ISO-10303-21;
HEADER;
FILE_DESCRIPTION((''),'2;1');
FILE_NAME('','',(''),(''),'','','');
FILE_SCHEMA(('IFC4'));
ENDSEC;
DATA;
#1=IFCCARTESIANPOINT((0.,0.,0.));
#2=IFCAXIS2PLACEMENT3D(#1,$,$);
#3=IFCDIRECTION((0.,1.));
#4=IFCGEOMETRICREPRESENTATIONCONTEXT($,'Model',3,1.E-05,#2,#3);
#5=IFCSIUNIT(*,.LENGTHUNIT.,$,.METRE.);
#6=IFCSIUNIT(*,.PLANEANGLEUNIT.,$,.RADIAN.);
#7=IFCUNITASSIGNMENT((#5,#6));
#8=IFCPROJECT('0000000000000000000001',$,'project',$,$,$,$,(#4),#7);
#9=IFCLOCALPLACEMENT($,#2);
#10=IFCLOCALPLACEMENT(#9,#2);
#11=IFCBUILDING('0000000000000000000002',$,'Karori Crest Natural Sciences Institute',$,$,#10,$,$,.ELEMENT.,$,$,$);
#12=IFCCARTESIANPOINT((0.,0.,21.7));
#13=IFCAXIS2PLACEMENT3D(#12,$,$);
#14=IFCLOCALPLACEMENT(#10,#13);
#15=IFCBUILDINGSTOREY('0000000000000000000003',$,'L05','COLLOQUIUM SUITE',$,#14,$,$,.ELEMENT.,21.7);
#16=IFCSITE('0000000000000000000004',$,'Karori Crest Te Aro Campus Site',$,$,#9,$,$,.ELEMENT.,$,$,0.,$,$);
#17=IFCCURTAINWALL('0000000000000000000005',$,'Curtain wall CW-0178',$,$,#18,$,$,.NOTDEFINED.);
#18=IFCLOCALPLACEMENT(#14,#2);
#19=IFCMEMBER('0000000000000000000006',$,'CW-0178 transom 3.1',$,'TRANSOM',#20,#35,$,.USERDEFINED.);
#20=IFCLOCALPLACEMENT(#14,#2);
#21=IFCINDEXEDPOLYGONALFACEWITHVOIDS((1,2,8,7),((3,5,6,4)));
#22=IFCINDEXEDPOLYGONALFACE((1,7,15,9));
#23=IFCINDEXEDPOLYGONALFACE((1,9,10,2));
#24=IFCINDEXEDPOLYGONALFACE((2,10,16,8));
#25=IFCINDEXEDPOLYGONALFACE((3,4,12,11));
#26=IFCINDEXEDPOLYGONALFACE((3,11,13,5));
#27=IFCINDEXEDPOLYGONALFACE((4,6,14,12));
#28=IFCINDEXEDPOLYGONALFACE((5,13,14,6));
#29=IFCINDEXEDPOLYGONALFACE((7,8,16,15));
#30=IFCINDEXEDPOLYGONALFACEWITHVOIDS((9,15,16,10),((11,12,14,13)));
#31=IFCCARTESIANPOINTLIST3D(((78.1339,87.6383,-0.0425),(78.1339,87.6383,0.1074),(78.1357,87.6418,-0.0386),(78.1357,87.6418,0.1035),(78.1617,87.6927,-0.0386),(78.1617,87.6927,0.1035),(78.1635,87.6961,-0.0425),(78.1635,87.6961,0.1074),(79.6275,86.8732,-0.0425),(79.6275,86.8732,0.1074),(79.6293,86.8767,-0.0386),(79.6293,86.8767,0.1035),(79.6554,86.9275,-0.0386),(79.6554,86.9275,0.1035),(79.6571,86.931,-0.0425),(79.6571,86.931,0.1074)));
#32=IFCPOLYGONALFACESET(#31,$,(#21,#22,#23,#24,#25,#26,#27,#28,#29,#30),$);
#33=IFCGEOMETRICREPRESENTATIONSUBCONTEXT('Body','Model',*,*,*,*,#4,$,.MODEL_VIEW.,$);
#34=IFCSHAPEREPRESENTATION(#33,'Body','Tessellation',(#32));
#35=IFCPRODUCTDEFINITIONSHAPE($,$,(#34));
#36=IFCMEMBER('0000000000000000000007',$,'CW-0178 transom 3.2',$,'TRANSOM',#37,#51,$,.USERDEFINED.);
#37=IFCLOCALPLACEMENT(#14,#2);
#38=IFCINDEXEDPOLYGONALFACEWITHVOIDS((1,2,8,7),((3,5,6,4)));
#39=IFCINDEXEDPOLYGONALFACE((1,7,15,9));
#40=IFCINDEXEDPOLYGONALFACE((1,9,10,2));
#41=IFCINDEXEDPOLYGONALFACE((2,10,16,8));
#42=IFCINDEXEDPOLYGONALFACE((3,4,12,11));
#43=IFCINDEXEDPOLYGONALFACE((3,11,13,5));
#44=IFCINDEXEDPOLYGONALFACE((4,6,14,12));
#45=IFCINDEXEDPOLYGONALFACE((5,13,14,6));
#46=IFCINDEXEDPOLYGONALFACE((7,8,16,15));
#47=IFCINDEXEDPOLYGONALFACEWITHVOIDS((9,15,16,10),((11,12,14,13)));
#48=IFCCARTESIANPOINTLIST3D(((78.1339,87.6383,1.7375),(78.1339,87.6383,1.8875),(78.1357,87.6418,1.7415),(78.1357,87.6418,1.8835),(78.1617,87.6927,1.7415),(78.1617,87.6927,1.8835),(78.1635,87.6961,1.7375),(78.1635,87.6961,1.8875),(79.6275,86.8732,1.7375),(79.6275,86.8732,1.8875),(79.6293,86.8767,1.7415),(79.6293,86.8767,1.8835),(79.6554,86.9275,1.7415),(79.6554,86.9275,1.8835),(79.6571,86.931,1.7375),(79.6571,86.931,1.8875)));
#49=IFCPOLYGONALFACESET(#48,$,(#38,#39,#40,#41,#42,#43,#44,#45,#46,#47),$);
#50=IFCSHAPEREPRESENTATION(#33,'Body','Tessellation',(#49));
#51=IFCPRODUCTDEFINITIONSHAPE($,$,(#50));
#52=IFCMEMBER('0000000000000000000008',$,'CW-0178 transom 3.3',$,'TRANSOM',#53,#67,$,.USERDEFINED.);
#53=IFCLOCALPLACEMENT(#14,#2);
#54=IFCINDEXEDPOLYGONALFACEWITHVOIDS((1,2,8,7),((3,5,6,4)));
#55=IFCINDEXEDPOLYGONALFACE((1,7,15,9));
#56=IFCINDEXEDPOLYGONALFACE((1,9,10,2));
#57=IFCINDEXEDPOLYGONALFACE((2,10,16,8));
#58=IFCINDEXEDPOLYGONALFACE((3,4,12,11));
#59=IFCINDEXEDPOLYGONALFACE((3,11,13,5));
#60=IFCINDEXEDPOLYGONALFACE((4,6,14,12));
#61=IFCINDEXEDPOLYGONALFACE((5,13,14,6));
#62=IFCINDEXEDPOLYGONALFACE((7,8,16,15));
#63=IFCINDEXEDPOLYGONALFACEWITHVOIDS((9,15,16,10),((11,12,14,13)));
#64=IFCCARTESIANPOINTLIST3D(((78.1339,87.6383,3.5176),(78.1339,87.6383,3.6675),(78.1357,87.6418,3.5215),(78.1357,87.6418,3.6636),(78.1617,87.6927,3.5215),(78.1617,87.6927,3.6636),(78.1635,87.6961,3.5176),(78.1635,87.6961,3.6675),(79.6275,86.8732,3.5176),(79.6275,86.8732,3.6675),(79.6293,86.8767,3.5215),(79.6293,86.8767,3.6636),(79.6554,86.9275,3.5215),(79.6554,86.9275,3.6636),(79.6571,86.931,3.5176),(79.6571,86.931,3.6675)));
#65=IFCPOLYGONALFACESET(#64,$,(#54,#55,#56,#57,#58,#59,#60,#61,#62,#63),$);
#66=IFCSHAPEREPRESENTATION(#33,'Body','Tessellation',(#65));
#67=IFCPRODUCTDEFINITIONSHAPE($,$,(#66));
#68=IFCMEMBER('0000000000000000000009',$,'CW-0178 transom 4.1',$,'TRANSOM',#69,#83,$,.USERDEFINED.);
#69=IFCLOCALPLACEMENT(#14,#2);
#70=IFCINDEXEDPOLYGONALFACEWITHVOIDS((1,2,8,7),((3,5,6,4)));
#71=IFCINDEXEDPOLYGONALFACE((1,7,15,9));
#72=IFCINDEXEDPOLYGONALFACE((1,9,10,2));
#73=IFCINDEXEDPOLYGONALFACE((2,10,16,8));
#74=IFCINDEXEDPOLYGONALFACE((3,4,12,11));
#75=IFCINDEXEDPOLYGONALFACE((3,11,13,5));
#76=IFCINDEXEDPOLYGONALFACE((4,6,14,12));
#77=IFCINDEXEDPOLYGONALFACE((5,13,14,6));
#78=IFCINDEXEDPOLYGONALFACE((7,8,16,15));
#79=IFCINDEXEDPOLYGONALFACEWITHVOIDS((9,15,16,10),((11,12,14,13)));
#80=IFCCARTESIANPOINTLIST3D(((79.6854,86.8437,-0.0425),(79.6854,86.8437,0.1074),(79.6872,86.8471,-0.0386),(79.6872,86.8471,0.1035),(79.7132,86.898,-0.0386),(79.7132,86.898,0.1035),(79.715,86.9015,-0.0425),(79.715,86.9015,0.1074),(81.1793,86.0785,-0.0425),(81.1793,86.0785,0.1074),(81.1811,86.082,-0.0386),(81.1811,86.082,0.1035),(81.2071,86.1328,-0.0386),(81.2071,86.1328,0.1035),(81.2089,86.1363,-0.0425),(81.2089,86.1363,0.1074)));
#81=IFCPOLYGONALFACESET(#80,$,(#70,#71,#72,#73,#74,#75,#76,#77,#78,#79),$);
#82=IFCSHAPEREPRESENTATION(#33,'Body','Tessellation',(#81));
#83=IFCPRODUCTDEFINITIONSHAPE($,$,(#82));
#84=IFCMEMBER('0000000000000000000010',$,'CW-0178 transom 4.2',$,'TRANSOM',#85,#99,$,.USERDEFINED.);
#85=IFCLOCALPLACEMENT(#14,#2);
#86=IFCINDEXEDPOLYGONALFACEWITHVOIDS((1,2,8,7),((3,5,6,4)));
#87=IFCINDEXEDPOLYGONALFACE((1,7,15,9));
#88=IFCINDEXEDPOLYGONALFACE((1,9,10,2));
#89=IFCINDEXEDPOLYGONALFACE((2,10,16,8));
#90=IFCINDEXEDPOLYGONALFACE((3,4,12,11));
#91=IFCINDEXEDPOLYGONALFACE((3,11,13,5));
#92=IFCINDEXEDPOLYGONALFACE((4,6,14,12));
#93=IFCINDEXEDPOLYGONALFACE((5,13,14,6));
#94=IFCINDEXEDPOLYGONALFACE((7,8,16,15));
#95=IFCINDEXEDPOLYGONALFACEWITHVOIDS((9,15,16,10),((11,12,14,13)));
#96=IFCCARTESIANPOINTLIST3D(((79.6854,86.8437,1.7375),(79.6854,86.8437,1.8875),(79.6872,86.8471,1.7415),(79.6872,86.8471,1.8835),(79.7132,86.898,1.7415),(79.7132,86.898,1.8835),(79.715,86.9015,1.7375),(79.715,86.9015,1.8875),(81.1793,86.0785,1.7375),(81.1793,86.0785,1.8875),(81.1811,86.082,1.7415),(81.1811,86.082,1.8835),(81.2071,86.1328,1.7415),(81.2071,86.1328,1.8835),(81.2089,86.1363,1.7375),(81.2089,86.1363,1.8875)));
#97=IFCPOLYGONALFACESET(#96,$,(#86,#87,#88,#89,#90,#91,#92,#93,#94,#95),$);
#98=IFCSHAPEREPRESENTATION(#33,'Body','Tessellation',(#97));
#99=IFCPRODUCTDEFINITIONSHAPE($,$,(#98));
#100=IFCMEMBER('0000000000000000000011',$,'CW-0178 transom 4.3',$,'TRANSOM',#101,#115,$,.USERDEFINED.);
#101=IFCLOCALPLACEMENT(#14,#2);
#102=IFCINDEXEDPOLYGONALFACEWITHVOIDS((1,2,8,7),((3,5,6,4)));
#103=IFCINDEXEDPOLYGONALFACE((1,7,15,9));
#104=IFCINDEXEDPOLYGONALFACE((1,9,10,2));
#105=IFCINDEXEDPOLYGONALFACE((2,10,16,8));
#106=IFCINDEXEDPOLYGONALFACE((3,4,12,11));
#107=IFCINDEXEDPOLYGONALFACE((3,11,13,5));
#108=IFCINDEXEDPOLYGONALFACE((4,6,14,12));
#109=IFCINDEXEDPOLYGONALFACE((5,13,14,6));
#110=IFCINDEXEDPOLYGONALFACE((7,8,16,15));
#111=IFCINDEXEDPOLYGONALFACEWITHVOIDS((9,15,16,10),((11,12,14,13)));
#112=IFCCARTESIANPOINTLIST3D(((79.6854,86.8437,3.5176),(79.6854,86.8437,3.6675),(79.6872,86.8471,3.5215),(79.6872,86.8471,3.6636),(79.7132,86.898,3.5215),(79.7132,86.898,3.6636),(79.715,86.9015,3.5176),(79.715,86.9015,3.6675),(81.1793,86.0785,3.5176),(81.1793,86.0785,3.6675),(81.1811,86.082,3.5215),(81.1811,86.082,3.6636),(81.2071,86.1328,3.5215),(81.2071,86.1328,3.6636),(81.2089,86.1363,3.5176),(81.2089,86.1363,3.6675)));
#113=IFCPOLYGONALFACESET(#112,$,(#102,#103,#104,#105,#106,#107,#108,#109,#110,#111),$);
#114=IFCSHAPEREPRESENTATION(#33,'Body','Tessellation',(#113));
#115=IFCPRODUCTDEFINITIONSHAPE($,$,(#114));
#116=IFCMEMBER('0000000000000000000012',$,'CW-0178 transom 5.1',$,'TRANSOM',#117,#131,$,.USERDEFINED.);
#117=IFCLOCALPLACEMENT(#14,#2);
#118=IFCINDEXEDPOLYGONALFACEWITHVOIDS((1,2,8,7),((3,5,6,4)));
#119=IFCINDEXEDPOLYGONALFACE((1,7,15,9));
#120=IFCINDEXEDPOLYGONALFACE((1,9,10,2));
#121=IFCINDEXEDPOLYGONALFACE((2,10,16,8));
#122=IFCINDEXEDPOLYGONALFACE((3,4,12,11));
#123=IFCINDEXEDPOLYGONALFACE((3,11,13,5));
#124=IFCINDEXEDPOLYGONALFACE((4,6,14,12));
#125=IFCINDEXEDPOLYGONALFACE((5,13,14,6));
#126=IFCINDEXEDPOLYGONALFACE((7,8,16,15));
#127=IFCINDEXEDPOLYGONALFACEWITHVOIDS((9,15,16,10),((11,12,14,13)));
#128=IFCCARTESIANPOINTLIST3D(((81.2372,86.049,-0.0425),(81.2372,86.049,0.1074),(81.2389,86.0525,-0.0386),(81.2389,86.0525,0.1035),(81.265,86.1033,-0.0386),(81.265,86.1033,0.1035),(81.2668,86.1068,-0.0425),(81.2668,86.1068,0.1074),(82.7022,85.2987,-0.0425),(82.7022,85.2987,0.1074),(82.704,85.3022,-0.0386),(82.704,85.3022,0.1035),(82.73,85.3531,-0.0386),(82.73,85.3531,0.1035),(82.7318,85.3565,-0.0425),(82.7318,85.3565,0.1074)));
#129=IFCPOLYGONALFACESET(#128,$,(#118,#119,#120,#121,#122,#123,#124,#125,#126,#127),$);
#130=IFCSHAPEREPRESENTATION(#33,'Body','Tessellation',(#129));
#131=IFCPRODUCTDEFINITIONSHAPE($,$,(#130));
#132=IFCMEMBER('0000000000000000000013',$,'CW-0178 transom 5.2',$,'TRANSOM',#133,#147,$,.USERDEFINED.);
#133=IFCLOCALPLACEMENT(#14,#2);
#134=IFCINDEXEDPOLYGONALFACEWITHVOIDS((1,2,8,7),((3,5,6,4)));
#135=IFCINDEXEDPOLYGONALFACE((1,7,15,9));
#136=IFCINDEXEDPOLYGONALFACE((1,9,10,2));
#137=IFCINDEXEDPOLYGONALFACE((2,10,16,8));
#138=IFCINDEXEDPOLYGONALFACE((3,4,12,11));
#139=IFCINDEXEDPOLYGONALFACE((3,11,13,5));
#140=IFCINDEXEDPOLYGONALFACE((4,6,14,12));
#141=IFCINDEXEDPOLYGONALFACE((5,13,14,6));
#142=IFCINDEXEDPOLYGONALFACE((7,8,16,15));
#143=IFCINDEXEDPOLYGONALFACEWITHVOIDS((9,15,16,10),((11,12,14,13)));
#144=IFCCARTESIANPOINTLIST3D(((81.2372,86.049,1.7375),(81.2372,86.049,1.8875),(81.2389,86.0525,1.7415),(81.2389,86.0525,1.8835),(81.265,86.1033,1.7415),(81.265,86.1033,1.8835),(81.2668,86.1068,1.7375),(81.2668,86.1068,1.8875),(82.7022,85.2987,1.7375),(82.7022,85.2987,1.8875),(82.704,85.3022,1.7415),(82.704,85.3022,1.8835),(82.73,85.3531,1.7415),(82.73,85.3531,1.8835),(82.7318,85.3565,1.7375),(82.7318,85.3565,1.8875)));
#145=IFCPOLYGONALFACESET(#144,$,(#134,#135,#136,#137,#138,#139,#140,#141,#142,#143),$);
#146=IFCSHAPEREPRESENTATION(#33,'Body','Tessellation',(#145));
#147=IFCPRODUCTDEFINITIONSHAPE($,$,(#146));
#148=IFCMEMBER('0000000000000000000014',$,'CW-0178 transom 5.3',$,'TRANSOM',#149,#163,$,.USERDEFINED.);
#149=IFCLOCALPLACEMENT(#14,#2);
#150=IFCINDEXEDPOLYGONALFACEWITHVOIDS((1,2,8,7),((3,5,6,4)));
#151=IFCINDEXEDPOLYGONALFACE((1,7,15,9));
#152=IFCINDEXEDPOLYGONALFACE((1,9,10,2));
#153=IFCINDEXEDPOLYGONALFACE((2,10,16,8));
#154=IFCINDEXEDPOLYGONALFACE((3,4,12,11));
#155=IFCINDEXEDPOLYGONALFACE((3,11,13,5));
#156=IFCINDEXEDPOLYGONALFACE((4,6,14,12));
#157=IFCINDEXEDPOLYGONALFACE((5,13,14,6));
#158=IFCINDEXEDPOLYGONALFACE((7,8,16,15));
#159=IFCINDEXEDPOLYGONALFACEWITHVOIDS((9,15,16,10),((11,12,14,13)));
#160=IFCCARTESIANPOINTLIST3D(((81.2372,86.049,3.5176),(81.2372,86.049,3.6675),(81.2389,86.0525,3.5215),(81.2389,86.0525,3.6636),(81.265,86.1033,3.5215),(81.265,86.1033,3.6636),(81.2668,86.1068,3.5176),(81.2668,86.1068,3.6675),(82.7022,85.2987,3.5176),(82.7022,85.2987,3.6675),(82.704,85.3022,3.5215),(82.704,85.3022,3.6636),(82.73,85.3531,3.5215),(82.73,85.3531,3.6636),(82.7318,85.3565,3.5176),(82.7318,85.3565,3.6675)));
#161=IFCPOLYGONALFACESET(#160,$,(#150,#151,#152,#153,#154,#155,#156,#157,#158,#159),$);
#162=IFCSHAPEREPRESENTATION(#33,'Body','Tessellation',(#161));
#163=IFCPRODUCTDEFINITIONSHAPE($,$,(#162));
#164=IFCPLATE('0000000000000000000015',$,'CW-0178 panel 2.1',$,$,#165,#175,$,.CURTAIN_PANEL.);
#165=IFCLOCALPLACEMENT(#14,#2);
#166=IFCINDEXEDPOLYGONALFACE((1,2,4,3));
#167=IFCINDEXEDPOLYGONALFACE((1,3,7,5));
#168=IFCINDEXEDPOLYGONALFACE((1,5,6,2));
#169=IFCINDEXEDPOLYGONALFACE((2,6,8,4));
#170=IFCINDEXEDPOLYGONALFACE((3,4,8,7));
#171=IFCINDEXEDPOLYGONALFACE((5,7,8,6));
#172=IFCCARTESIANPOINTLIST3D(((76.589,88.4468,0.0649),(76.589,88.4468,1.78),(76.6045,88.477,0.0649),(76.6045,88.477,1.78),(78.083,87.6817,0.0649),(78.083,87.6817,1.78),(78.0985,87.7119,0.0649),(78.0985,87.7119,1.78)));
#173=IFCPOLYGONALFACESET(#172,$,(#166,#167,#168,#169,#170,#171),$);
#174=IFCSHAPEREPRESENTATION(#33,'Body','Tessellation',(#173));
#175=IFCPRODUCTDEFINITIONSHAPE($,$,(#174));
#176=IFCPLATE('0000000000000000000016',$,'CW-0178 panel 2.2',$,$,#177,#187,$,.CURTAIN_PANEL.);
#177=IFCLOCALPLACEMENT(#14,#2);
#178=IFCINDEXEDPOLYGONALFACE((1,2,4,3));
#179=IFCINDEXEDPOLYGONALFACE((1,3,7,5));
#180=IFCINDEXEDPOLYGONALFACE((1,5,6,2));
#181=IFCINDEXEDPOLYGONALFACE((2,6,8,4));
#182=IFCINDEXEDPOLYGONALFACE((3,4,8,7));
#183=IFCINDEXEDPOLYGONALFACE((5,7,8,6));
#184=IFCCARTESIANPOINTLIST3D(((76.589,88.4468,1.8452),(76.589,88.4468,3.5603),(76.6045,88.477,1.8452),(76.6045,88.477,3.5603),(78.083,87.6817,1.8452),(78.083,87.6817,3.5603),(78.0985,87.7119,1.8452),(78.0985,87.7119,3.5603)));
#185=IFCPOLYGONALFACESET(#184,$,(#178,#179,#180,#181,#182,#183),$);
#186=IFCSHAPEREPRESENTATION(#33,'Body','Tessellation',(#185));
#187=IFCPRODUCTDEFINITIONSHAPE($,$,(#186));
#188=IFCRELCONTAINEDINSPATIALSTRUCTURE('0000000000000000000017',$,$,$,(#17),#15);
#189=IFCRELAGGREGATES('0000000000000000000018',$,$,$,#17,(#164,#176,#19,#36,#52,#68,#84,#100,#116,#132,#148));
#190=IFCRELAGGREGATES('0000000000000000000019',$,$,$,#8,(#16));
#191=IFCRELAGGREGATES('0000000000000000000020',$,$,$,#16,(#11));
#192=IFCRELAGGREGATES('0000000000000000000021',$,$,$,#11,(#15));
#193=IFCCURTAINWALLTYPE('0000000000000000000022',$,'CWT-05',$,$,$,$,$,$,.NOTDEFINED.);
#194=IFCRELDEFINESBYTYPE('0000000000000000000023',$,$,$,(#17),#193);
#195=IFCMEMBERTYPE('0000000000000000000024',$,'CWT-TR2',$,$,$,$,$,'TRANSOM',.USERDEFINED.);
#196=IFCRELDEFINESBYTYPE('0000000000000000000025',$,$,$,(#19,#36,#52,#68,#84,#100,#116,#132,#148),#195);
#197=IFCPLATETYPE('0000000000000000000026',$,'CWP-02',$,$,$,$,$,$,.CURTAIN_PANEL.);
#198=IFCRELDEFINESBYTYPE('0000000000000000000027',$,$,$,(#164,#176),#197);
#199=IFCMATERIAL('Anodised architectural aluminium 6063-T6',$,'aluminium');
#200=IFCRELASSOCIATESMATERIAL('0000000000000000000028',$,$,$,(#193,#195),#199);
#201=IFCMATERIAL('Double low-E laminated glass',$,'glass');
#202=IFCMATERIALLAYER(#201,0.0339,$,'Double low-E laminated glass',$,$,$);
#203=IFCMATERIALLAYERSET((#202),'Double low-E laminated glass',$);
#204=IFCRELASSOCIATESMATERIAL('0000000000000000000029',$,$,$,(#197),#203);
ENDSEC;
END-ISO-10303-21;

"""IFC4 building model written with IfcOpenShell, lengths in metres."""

from ifc_helpers import new_model, si_unit, direction, frame, origin, origin_2d, place, context, subcontext, project, spatial, rectangle, hollow_rectangle, extrude, material, layer, layer_set, material_profile, profile_set, type_object, element, aggregate, save


model = new_model("IFC4")

# Units and contexts
model_context = context("Model", 3, precision=1e-05, world=origin(), true_north=direction((0.0, 1.0)))
body_context = subcontext(model_context, "Body", "Model", "MODEL_VIEW")
ifc_project = project(units=[si_unit("LENGTHUNIT", "METRE"), si_unit("PLANEANGLEUNIT", "RADIAN")], contexts=[model_context])

# Site, building, storey
site_placement = place(None, origin())
site = spatial("IfcSite", under=ifc_project, at=site_placement, Name="Karori Crest Te Aro Campus Site", CompositionType="ELEMENT", RefElevation=0.0)
building_placement = place(site_placement, origin())
building = spatial("IfcBuilding", under=site, at=building_placement, Name="Karori Crest Natural Sciences Institute", CompositionType="ELEMENT")
storey_placement = place(building_placement, frame((0.0, 0.0, 21.7)))
storey = spatial("IfcBuildingStorey", under=building, at=storey_placement, Name="L05", Description="COLLOQUIUM SUITE", CompositionType="ELEMENT", Elevation=21.7)

# Curtain wall, members, plates
ifc_material_1 = material(Name="Anodised architectural aluminium 6063-T6", Category="aluminium")
curtain_wall_type = type_object("IfcCurtainWallType", Name="CWT-05", PredefinedType="NOTDEFINED", material=ifc_material_1)
curtain_wall_placement = place(storey_placement, origin())
curtain_wall = element("IfcCurtainWall", 1, at=curtain_wall_placement, inside=storey, type_object=curtain_wall_type, Name="Curtain wall CW-0178", PredefinedType="NOTDEFINED")
ifc_material_profile_1 = material_profile(ifc_material_1, hollow_rectangle(XDim=0.0649, YDim=0.1499, WallThickness=0.0039, at=origin_2d()), Name="CWT150x65x4")
ifc_profile_set_1 = profile_set([ifc_material_profile_1], Name="Anodised architectural aluminium 6063-T6")
member_type_1 = type_object("IfcMemberType", Name="CWT-TR2", ElementType="TRANSOM", PredefinedType="USERDEFINED", material=ifc_profile_set_1)
member_1_placement = place(storey_placement, frame((78.1487, 87.6672, 0.0325), z_axis=(0.89002, -0.455921, 0.0), x_axis=(0.455921, 0.89002, 0.0)))
member_1 = element("IfcMember", 2, at=member_1_placement, type_object=member_type_1, Name="CW-0178 transom 3.1", ObjectType="TRANSOM", PredefinedType="USERDEFINED", context=body_context, shape_type="SweptSolid", body=[
    extrude(hollow_rectangle(XDim=0.0649, YDim=0.1499, WallThickness=0.0039, at=origin_2d()), origin(), (0.0, 0.0, 1.0), 1.6782),
])
member_2_placement = place(storey_placement, frame((78.1487, 87.6672, 1.8125), z_axis=(0.89002, -0.455921, 0.0), x_axis=(0.455921, 0.89002, 0.0)))
member_2 = element("IfcMember", 3, at=member_2_placement, type_object=member_type_1, Name="CW-0178 transom 3.2", ObjectType="TRANSOM", PredefinedType="USERDEFINED", context=body_context, shape_type="SweptSolid", body=[
    extrude(hollow_rectangle(XDim=0.0649, YDim=0.1499, WallThickness=0.0039, at=origin_2d()), origin(), (0.0, 0.0, 1.0), 1.6782),
])
member_3_placement = place(storey_placement, frame((78.1487, 87.6672, 3.5925), z_axis=(0.89002, -0.455921, 0.0), x_axis=(0.455921, 0.89002, 0.0)))
member_3 = element("IfcMember", 4, at=member_3_placement, type_object=member_type_1, Name="CW-0178 transom 3.3", ObjectType="TRANSOM", PredefinedType="USERDEFINED", context=body_context, shape_type="SweptSolid", body=[
    extrude(hollow_rectangle(XDim=0.0649, YDim=0.1499, WallThickness=0.0039, at=origin_2d()), origin(), (0.0, 0.0, 1.0), 1.6782),
])
member_4_placement = place(storey_placement, frame((79.7002, 86.8726, 0.0325), z_axis=(0.890051, -0.455862, 0.0), x_axis=(0.455862, 0.890051, 0.0)))
member_4 = element("IfcMember", 5, at=member_4_placement, type_object=member_type_1, Name="CW-0178 transom 4.1", ObjectType="TRANSOM", PredefinedType="USERDEFINED", context=body_context, shape_type="SweptSolid", body=[
    extrude(hollow_rectangle(XDim=0.0649, YDim=0.1499, WallThickness=0.0039, at=origin_2d()), origin(), (0.0, 0.0, 1.0), 1.6785),
])
member_5_placement = place(storey_placement, frame((79.7002, 86.8726, 1.8125), z_axis=(0.890051, -0.455862, 0.0), x_axis=(0.455862, 0.890051, 0.0)))
member_5 = element("IfcMember", 6, at=member_5_placement, type_object=member_type_1, Name="CW-0178 transom 4.2", ObjectType="TRANSOM", PredefinedType="USERDEFINED", context=body_context, shape_type="SweptSolid", body=[
    extrude(hollow_rectangle(XDim=0.0649, YDim=0.1499, WallThickness=0.0039, at=origin_2d()), origin(), (0.0, 0.0, 1.0), 1.6785),
])
member_6_placement = place(storey_placement, frame((79.7002, 86.8726, 3.5925), z_axis=(0.890051, -0.455862, 0.0), x_axis=(0.455862, 0.890051, 0.0)))
member_6 = element("IfcMember", 7, at=member_6_placement, type_object=member_type_1, Name="CW-0178 transom 4.3", ObjectType="TRANSOM", PredefinedType="USERDEFINED", context=body_context, shape_type="SweptSolid", body=[
    extrude(hollow_rectangle(XDim=0.0649, YDim=0.1499, WallThickness=0.0039, at=origin_2d()), origin(), (0.0, 0.0, 1.0), 1.6785),
])
member_7_placement = place(storey_placement, frame((81.252, 86.0779, 0.0325), z_axis=(0.890084, -0.455796, 0.0), x_axis=(0.455796, 0.890084, 0.0)))
member_7 = element("IfcMember", 8, at=member_7_placement, type_object=member_type_1, Name="CW-0178 transom 5.1", ObjectType="TRANSOM", PredefinedType="USERDEFINED", context=body_context, shape_type="SweptSolid", body=[
    extrude(hollow_rectangle(XDim=0.0649, YDim=0.1499, WallThickness=0.0039, at=origin_2d()), origin(), (0.0, 0.0, 1.0), 1.646),
])
member_8_placement = place(storey_placement, frame((81.252, 86.0779, 1.8125), z_axis=(0.890084, -0.455796, 0.0), x_axis=(0.455796, 0.890084, 0.0)))
member_8 = element("IfcMember", 9, at=member_8_placement, type_object=member_type_1, Name="CW-0178 transom 5.2", ObjectType="TRANSOM", PredefinedType="USERDEFINED", context=body_context, shape_type="SweptSolid", body=[
    extrude(hollow_rectangle(XDim=0.0649, YDim=0.1499, WallThickness=0.0039, at=origin_2d()), origin(), (0.0, 0.0, 1.0), 1.646),
])
member_9_placement = place(storey_placement, frame((81.252, 86.0779, 3.5925), z_axis=(0.890084, -0.455796, 0.0), x_axis=(0.455796, 0.890084, 0.0)))
member_9 = element("IfcMember", 10, at=member_9_placement, type_object=member_type_1, Name="CW-0178 transom 5.3", ObjectType="TRANSOM", PredefinedType="USERDEFINED", context=body_context, shape_type="SweptSolid", body=[
    extrude(hollow_rectangle(XDim=0.0649, YDim=0.1499, WallThickness=0.0039, at=origin_2d()), origin(), (0.0, 0.0, 1.0), 1.646),
])
ifc_material_2 = material(Name="Double low-E laminated glass", Category="glass")
ifc_layer_1 = layer(ifc_material_2, 0.0339, Name="Double low-E laminated glass")
ifc_layer_set_1 = layer_set([ifc_layer_1], Name="Double low-E laminated glass")
plate_type = type_object("IfcPlateType", Name="CWP-02", PredefinedType="CURTAIN_PANEL", material=ifc_layer_set_1)
plate_1_placement = place(storey_placement, frame((77.3438, 88.0793, 0.0649), z_axis=(0.0, 0.0, 1.0), x_axis=(0.890067, -0.455829, 0.0)))
plate_1 = element("IfcPlate", 11, at=plate_1_placement, type_object=plate_type, Name="CW-0178 panel 2.1", PredefinedType="CURTAIN_PANEL", context=body_context, shape_type="SweptSolid", body=[
    extrude(rectangle(XDim=1.6785, YDim=0.0339, at=origin_2d()), origin(), (0.0, 0.0, 1.0), 1.7151),
])
plate_2_placement = place(storey_placement, frame((77.3438, 88.0793, 1.8452), z_axis=(0.0, 0.0, 1.0), x_axis=(0.890067, -0.455829, 0.0)))
plate_2 = element("IfcPlate", 12, at=plate_2_placement, type_object=plate_type, Name="CW-0178 panel 2.2", PredefinedType="CURTAIN_PANEL", context=body_context, shape_type="SweptSolid", body=[
    extrude(rectangle(XDim=1.6785, YDim=0.0339, at=origin_2d()), origin(), (0.0, 0.0, 1.0), 1.7151),
])
aggregate(curtain_wall, [plate_1, plate_2, member_1, member_2, member_3, member_4, member_5, member_6, member_7, member_8, member_9])

save(model, "model.ifc")
